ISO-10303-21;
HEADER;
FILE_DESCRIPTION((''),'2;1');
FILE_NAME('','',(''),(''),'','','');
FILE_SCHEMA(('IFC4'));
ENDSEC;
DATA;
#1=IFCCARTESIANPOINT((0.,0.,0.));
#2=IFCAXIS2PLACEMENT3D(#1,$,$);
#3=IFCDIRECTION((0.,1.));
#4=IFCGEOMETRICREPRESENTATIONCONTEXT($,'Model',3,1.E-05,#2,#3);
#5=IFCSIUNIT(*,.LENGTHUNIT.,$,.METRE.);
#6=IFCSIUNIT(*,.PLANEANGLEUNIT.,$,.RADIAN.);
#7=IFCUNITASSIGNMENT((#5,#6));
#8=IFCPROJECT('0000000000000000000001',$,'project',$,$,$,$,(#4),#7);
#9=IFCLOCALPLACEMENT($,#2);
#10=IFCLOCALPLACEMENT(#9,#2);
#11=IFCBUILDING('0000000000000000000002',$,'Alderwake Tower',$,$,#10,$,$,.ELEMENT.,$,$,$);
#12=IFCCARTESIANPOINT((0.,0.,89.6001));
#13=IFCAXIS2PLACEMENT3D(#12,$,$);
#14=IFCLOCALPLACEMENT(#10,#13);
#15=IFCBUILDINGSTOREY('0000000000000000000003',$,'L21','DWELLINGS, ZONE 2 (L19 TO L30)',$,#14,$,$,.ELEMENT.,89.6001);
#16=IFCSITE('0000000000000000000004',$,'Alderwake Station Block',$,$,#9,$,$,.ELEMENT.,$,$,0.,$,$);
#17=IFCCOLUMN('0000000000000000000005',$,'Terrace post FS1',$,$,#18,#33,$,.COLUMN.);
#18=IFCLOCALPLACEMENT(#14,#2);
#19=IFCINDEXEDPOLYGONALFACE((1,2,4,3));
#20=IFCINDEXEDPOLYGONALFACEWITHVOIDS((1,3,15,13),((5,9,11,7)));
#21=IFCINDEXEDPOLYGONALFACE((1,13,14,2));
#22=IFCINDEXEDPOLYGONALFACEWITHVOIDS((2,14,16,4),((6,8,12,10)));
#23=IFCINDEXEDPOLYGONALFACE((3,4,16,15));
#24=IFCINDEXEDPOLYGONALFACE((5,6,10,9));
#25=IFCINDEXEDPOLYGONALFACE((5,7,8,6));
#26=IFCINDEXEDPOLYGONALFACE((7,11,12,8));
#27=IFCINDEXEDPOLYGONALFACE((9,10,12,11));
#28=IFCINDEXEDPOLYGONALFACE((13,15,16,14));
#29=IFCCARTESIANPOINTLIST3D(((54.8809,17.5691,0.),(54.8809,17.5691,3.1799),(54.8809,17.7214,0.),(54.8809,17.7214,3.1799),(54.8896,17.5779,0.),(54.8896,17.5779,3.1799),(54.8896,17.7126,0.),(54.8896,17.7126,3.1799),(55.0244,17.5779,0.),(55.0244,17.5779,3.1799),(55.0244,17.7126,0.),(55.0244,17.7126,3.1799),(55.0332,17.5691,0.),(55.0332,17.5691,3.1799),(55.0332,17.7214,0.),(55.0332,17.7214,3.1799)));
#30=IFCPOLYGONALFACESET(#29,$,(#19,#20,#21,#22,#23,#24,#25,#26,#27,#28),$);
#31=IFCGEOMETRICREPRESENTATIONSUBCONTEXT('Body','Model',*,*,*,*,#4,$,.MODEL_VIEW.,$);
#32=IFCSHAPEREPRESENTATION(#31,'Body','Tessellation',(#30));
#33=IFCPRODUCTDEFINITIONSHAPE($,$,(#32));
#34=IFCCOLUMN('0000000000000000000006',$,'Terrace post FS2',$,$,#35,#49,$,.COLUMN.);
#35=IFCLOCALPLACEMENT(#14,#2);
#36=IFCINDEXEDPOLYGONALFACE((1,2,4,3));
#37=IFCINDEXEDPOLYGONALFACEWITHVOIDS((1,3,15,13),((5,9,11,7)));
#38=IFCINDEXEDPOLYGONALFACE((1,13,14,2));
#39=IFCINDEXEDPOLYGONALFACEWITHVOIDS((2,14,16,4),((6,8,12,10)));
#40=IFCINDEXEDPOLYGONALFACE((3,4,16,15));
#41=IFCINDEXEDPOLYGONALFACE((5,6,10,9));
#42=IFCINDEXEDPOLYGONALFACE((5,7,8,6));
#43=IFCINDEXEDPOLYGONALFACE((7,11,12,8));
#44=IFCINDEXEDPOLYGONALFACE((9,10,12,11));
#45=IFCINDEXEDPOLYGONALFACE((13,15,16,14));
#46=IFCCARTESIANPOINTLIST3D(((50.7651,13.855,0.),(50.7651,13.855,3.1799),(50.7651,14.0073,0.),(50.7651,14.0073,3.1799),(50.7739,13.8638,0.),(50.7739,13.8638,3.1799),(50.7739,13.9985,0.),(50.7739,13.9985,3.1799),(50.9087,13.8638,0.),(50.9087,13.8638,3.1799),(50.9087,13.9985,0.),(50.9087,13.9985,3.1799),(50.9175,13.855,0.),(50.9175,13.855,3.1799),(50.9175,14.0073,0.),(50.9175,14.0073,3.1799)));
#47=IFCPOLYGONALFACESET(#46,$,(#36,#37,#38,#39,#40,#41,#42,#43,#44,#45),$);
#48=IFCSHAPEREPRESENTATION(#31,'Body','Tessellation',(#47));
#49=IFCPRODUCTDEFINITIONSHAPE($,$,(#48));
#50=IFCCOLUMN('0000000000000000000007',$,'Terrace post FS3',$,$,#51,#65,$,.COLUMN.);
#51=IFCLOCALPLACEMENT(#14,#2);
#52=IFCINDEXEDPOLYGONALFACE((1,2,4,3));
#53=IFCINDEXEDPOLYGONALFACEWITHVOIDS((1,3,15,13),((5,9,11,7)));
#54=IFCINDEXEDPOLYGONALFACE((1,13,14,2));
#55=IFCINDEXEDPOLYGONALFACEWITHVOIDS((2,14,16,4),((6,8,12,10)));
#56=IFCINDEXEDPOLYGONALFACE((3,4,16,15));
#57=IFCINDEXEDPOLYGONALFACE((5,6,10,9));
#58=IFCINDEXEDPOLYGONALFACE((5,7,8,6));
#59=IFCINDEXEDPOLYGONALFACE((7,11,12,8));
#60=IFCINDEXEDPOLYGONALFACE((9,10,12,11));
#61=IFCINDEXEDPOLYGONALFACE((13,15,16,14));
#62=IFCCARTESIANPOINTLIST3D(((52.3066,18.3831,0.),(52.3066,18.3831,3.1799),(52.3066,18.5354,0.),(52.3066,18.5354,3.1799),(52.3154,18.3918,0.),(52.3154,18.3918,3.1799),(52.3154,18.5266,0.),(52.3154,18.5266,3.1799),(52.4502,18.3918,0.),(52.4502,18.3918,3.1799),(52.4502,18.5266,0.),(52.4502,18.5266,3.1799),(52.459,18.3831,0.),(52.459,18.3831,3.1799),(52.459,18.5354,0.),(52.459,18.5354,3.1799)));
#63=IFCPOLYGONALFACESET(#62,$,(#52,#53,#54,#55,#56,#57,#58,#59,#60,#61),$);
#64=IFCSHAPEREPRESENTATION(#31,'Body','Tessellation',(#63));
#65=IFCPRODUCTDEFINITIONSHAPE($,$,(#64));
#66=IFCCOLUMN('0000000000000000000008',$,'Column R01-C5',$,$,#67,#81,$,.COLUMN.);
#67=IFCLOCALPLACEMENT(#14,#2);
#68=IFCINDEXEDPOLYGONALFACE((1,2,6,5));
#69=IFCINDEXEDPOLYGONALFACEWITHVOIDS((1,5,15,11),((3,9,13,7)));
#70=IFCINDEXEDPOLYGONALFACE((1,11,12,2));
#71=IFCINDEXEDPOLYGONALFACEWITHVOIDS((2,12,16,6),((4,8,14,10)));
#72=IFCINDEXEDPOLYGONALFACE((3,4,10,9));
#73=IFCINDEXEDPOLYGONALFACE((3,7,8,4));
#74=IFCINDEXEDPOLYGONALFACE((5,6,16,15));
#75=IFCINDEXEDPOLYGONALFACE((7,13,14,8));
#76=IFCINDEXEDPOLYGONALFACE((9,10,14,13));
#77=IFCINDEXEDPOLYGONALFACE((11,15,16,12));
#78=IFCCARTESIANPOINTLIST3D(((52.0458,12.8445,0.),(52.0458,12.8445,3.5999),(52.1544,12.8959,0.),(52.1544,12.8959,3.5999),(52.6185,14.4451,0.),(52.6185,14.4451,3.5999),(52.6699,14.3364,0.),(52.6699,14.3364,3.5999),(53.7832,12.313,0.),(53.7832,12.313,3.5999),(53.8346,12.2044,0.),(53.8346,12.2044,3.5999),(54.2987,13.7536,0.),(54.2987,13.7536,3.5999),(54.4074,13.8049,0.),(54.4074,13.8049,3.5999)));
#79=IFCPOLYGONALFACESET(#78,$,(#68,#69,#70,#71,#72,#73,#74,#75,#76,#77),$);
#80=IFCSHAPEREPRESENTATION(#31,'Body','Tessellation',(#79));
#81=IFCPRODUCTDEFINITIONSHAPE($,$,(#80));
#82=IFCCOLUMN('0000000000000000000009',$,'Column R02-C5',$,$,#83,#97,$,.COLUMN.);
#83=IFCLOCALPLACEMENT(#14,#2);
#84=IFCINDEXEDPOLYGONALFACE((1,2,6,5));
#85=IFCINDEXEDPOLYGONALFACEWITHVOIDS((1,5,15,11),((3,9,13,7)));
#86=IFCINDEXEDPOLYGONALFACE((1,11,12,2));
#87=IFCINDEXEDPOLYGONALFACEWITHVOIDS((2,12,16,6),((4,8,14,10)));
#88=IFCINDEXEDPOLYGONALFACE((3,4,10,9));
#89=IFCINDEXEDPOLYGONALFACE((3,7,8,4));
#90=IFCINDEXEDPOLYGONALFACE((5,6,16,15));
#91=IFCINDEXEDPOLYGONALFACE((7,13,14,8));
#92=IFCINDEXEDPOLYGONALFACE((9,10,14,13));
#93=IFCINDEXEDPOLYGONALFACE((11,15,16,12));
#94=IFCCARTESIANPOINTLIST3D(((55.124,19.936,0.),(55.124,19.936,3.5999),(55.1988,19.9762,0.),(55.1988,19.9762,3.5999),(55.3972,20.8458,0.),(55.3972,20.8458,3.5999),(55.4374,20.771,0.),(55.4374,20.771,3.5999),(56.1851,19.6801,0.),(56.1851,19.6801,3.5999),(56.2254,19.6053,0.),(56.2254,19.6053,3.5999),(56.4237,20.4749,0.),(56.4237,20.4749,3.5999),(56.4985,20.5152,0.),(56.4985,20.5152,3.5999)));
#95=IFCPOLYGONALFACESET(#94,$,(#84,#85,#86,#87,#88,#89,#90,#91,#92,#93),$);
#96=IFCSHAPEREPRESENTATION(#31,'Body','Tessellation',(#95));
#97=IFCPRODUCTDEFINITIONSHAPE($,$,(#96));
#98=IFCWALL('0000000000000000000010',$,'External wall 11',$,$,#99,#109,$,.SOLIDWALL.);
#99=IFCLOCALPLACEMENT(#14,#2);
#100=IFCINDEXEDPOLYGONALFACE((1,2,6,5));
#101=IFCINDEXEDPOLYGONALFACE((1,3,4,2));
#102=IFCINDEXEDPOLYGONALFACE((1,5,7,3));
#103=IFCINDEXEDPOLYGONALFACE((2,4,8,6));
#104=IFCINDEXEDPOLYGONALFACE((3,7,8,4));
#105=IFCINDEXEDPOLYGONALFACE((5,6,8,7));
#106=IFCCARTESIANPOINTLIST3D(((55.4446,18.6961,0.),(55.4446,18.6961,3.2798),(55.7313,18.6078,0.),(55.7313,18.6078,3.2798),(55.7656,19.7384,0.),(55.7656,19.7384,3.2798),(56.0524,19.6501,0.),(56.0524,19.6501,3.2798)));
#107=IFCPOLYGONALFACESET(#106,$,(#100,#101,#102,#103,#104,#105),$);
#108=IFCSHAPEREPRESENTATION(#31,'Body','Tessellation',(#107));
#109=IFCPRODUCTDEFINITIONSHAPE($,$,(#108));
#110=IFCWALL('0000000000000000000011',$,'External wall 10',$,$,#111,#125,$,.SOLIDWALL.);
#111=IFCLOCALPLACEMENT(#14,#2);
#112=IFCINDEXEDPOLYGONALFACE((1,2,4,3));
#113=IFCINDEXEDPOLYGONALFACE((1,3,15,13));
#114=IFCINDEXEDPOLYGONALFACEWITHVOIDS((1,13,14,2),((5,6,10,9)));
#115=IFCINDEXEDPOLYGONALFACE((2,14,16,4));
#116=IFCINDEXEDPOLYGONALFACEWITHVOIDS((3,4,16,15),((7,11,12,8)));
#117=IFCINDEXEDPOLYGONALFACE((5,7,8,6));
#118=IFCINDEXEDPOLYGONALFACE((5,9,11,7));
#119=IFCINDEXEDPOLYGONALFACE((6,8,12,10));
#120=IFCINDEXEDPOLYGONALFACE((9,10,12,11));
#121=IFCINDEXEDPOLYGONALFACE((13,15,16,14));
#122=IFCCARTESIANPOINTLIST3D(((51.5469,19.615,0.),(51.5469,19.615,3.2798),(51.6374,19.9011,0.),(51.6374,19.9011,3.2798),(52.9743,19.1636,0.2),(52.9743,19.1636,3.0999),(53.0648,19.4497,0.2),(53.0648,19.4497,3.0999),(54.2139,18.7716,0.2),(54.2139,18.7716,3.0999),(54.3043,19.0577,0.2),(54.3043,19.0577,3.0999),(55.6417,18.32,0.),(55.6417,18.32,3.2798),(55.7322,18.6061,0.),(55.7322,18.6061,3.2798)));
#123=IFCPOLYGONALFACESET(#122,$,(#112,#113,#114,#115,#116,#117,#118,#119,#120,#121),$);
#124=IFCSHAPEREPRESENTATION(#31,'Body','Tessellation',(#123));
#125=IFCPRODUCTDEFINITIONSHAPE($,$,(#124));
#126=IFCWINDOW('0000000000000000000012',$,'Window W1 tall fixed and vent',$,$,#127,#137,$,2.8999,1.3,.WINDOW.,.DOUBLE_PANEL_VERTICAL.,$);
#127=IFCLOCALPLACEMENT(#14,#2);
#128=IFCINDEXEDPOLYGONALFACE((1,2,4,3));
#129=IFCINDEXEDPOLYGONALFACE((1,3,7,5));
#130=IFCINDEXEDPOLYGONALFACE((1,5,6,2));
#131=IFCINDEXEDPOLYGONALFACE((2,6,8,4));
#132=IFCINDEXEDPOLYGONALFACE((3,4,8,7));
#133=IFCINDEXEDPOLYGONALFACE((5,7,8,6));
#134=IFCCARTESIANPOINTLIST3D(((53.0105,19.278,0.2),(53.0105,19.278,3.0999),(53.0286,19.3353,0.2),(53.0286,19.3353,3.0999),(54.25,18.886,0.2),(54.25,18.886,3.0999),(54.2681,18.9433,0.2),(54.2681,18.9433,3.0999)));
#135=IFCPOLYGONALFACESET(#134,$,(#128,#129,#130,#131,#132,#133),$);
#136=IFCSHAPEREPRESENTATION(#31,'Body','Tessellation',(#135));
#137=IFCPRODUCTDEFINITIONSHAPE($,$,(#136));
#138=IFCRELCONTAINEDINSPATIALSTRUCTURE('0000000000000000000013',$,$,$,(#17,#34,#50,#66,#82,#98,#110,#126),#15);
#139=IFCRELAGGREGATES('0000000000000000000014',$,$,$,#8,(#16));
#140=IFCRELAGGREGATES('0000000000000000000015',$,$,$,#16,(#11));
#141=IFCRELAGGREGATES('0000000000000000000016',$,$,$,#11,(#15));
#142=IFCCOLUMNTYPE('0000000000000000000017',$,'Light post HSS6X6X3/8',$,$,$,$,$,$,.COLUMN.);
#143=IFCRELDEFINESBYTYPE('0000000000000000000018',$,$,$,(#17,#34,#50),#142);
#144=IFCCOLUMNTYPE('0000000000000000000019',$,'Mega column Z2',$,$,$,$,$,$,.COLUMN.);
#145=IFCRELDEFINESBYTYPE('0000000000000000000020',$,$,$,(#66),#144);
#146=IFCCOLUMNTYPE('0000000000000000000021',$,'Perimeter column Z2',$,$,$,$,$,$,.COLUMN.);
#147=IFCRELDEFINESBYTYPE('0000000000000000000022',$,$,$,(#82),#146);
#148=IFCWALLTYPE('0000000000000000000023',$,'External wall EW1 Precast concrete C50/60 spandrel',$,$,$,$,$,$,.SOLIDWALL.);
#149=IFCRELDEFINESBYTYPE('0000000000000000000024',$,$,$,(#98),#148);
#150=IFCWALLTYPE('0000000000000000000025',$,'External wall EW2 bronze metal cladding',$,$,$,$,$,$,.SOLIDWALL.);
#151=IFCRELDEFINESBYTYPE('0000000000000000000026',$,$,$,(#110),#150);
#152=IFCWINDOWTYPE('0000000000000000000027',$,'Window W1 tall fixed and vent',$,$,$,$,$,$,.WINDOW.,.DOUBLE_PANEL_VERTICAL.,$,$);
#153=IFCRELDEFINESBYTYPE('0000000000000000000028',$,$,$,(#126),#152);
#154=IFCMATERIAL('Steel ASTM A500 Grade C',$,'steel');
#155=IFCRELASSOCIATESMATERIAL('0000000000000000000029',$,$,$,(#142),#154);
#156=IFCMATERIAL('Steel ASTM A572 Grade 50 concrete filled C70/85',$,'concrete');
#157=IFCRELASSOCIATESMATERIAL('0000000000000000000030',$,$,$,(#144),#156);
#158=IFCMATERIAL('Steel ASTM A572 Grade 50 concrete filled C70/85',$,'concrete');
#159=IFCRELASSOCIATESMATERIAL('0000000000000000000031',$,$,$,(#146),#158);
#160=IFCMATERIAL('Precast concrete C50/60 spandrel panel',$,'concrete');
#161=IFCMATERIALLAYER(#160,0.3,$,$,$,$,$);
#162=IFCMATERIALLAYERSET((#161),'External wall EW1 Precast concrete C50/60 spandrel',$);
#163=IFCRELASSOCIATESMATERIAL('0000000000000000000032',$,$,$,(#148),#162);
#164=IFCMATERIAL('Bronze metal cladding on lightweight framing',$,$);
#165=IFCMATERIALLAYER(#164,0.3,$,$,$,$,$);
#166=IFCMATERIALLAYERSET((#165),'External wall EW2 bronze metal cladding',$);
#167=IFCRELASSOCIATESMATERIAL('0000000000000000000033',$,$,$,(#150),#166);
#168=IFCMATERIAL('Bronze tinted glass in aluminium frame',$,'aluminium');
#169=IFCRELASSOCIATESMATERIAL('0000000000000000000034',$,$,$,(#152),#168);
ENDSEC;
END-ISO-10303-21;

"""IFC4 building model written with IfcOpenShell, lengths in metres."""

from ifc_helpers import new_model, si_unit, direction, frame, frame_2d, origin, origin_2d, place, context, subcontext, project, spatial, rectangle, hollow_rectangle, extrude, material, layer, layer_set, material_profile, profile_set, type_object, element, fill, save


model = new_model("IFC4")

# Units and contexts
model_context = context("Model", 3, precision=1e-05, world=origin(), true_north=direction((0.0, 1.0)))
body_context = subcontext(model_context, "Body", "Model", "MODEL_VIEW")
ifc_project = project(units=[si_unit("LENGTHUNIT", "METRE"), si_unit("PLANEANGLEUNIT", "RADIAN")], contexts=[model_context])

# Site, building, storey
site_placement = place(None, origin())
site = spatial("IfcSite", under=ifc_project, at=site_placement, Name="Alderwake Station Block", CompositionType="ELEMENT", RefElevation=0.0)
building_placement = place(site_placement, origin())
building = spatial("IfcBuilding", under=site, at=building_placement, Name="Alderwake Tower", CompositionType="ELEMENT")
storey_placement = place(building_placement, frame((0.0, 0.0, 89.6001)))
storey = spatial("IfcBuildingStorey", under=building, at=storey_placement, Name="L21", Description="DWELLINGS, ZONE 2 (L19 TO L30)", CompositionType="ELEMENT", Elevation=89.6001)

# Columns
ifc_material_1 = material(Name="Steel ASTM A500 Grade C", Category="steel")
ifc_material_profile_1 = material_profile(ifc_material_1, hollow_rectangle(XDim=0.1523, YDim=0.1523, WallThickness=0.0088, at=origin_2d()), Name="HSS6X6X3/8")
ifc_profile_set_1 = profile_set([ifc_material_profile_1], Name="Steel ASTM A500 Grade C")
column_type_1 = type_object("IfcColumnType", Name="Light post HSS6X6X3/8", PredefinedType="COLUMN", material=ifc_profile_set_1)
for number, where, z_axis, x_axis, name in (
    (1, (54.957, 17.6453, 0.0), (0.0, 0.0, 1.0), (1.0, 0.0, 0.0), "Terrace post FS1"),
    (2, (50.8413, 13.9312, 0.0), (0.0, 0.0, 1.0), (1.0, 0.0, 0.0), "Terrace post FS2"),
    (3, (52.3828, 18.4592, 0.0), (0.0, 0.0, 1.0), (1.0, 0.0, 0.0), "Terrace post FS3"),
):
    element("IfcColumn", number, at=place(storey_placement, frame(where, z_axis=z_axis, x_axis=x_axis)), inside=storey, type_object=column_type_1, Name=name, PredefinedType="COLUMN", context=body_context, shape_type="SweptSolid", body=[
        extrude(hollow_rectangle(XDim=0.1523, YDim=0.1523, WallThickness=0.0088, at=origin_2d()), origin(), (0.0, 0.0, 1.0), 3.1799),
    ])
ifc_material_2 = material(Name="Steel ASTM A572 Grade 50 concrete filled C70/85", Category="concrete")
ifc_material_profile_2 = material_profile(ifc_material_2, hollow_rectangle(XDim=1.7, YDim=1.8999, WallThickness=0.085, at=origin_2d()), Name="BOX 1900X1700X85")
ifc_profile_set_2 = profile_set([ifc_material_profile_2], Name="Steel ASTM A572 Grade 50 concrete filled C70/85")
column_type_2 = type_object("IfcColumnType", Name="Mega column Z2", PredefinedType="COLUMN", material=ifc_profile_set_2)
column_1_placement = place(storey_placement, frame((53.2266, 13.3247, 0.0), z_axis=(0.0, 0.0, 1.0), x_axis=(0.336929, 0.94153, 0.0)))
element("IfcColumn", 4, at=column_1_placement, inside=storey, type_object=column_type_2, Name="Column R01-C5", PredefinedType="COLUMN", context=body_context, shape_type="SweptSolid", body=[
    extrude(hollow_rectangle(XDim=1.7, YDim=1.8999, WallThickness=0.085, at=origin_2d()), origin(), (0.0, 0.0, 1.0), 3.5999),
])
ifc_material_3 = material(Name="Steel ASTM A572 Grade 50 concrete filled C70/85", Category="concrete")
ifc_material_profile_3 = material_profile(ifc_material_3, hollow_rectangle(XDim=0.95, YDim=1.1499, WallThickness=0.0601, at=origin_2d()), Name="BOX 1150X950X60")
ifc_profile_set_3 = profile_set([ifc_material_profile_3], Name="Steel ASTM A572 Grade 50 concrete filled C70/85")
column_type_3 = type_object("IfcColumnType", Name="Perimeter column Z2", PredefinedType="COLUMN", material=ifc_profile_set_3)
column_2_placement = place(storey_placement, frame((55.8113, 20.2256, 0.0), z_axis=(0.0, 0.0, 1.0), x_axis=(0.287549, 0.957766, 0.0)))
element("IfcColumn", 5, at=column_2_placement, inside=storey, type_object=column_type_3, Name="Column R02-C5", PredefinedType="COLUMN", context=body_context, shape_type="SweptSolid", body=[
    extrude(hollow_rectangle(XDim=0.95, YDim=1.1499, WallThickness=0.0601, at=origin_2d()), origin(), (0.0, 0.0, 1.0), 3.5999),
])

# Wall
ifc_material_4 = material(Name="Precast concrete C50/60 spandrel panel", Category="concrete")
ifc_layer_1 = layer(ifc_material_4, 0.3)
ifc_layer_set_1 = layer_set([ifc_layer_1], Name="External wall EW1 Precast concrete C50/60 spandrel")
wall_type_1 = type_object("IfcWallType", Name="External wall EW1 Precast concrete C50/60 spandrel", PredefinedType="SOLIDWALL", material=ifc_layer_set_1)
wall_1_placement = place(storey_placement, frame((55.5879, 18.6519, 0.0), z_axis=(0.0, 0.0, 1.0), x_axis=(0.294385, 0.955687, 0.0)))
element("IfcWall", 6, at=wall_1_placement, inside=storey, type_object=wall_type_1, Name="External wall 11", PredefinedType="SOLIDWALL", context=body_context, shape_type="SweptSolid", body=[
    extrude(rectangle(XDim=1.0906, YDim=0.3, at=frame_2d((0.5454, 0.0))), origin(), (0.0, 0.0, 1.0), 3.2798),
])

# Shared definitions
ifc_material_5 = material(Name="Bronze metal cladding on lightweight framing")
ifc_layer_2 = layer(ifc_material_5, 0.3)
ifc_layer_set_2 = layer_set([ifc_layer_2], Name="External wall EW2 bronze metal cladding")
wall_type_2 = type_object("IfcWallType", Name="External wall EW2 bronze metal cladding", PredefinedType="SOLIDWALL", material=ifc_layer_set_2)
ifc_material_6 = material(Name="Bronze tinted glass in aluminium frame", Category="aluminium")
window_type = type_object("IfcWindowType", Name="Window W1 tall fixed and vent", PartitioningType="DOUBLE_PANEL_VERTICAL", PredefinedType="WINDOW", material=ifc_material_6)

# Wall, opening, window
wall_2_placement = place(storey_placement, frame((51.592, 19.7581, 0.0), z_axis=(0.0, 0.0, 1.0), x_axis=(0.953459, -0.301523, 0.0)))
wall_2 = element("IfcWall", 7, at=wall_2_placement, inside=storey, type_object=wall_type_2, Name="External wall 10", PredefinedType="SOLIDWALL", context=body_context, shape_type="SweptSolid", body=[
    extrude(rectangle(XDim=4.2947, YDim=0.3, at=frame_2d((2.1475, 0.0))), origin(), (0.0, 0.0, 1.0), 3.2798),
])
opening_1_placement = place(wall_2_placement, frame((1.4973, 0.0, 0.2)))
opening_1 = element("IfcOpeningElement", 8, at=opening_1_placement, cuts=wall_2, PredefinedType="OPENING", context=body_context, shape_type="SweptSolid", body=[
    extrude(rectangle(XDim=1.3, YDim=2.8999, at=frame_2d((0.6499, 1.45))), frame((0.0, 0.1599, 0.0), z_axis=(0.0, -1.0, 0.0), x_axis=(1.0, 0.0, 0.0)), (0.0, 0.0, 1.0), 0.3201),
])
window_1_placement = place(opening_1_placement, origin())
window_1 = element("IfcWindow", 9, at=window_1_placement, inside=storey, type_object=window_type, Name="Window W1 tall fixed and vent", OverallHeight=2.8999, OverallWidth=1.3, PartitioningType="DOUBLE_PANEL_VERTICAL", PredefinedType="WINDOW", context=body_context, shape_type="SweptSolid", body=[
    extrude(rectangle(XDim=1.3, YDim=2.8999, at=frame_2d((0.6499, 1.45))), frame((0.0, 0.03, 0.0), z_axis=(0.0, -1.0, 0.0), x_axis=(1.0, 0.0, 0.0)), (0.0, 0.0, 1.0), 0.0601),
])
fill(opening_1, window_1)

save(model, "model.ifc")
